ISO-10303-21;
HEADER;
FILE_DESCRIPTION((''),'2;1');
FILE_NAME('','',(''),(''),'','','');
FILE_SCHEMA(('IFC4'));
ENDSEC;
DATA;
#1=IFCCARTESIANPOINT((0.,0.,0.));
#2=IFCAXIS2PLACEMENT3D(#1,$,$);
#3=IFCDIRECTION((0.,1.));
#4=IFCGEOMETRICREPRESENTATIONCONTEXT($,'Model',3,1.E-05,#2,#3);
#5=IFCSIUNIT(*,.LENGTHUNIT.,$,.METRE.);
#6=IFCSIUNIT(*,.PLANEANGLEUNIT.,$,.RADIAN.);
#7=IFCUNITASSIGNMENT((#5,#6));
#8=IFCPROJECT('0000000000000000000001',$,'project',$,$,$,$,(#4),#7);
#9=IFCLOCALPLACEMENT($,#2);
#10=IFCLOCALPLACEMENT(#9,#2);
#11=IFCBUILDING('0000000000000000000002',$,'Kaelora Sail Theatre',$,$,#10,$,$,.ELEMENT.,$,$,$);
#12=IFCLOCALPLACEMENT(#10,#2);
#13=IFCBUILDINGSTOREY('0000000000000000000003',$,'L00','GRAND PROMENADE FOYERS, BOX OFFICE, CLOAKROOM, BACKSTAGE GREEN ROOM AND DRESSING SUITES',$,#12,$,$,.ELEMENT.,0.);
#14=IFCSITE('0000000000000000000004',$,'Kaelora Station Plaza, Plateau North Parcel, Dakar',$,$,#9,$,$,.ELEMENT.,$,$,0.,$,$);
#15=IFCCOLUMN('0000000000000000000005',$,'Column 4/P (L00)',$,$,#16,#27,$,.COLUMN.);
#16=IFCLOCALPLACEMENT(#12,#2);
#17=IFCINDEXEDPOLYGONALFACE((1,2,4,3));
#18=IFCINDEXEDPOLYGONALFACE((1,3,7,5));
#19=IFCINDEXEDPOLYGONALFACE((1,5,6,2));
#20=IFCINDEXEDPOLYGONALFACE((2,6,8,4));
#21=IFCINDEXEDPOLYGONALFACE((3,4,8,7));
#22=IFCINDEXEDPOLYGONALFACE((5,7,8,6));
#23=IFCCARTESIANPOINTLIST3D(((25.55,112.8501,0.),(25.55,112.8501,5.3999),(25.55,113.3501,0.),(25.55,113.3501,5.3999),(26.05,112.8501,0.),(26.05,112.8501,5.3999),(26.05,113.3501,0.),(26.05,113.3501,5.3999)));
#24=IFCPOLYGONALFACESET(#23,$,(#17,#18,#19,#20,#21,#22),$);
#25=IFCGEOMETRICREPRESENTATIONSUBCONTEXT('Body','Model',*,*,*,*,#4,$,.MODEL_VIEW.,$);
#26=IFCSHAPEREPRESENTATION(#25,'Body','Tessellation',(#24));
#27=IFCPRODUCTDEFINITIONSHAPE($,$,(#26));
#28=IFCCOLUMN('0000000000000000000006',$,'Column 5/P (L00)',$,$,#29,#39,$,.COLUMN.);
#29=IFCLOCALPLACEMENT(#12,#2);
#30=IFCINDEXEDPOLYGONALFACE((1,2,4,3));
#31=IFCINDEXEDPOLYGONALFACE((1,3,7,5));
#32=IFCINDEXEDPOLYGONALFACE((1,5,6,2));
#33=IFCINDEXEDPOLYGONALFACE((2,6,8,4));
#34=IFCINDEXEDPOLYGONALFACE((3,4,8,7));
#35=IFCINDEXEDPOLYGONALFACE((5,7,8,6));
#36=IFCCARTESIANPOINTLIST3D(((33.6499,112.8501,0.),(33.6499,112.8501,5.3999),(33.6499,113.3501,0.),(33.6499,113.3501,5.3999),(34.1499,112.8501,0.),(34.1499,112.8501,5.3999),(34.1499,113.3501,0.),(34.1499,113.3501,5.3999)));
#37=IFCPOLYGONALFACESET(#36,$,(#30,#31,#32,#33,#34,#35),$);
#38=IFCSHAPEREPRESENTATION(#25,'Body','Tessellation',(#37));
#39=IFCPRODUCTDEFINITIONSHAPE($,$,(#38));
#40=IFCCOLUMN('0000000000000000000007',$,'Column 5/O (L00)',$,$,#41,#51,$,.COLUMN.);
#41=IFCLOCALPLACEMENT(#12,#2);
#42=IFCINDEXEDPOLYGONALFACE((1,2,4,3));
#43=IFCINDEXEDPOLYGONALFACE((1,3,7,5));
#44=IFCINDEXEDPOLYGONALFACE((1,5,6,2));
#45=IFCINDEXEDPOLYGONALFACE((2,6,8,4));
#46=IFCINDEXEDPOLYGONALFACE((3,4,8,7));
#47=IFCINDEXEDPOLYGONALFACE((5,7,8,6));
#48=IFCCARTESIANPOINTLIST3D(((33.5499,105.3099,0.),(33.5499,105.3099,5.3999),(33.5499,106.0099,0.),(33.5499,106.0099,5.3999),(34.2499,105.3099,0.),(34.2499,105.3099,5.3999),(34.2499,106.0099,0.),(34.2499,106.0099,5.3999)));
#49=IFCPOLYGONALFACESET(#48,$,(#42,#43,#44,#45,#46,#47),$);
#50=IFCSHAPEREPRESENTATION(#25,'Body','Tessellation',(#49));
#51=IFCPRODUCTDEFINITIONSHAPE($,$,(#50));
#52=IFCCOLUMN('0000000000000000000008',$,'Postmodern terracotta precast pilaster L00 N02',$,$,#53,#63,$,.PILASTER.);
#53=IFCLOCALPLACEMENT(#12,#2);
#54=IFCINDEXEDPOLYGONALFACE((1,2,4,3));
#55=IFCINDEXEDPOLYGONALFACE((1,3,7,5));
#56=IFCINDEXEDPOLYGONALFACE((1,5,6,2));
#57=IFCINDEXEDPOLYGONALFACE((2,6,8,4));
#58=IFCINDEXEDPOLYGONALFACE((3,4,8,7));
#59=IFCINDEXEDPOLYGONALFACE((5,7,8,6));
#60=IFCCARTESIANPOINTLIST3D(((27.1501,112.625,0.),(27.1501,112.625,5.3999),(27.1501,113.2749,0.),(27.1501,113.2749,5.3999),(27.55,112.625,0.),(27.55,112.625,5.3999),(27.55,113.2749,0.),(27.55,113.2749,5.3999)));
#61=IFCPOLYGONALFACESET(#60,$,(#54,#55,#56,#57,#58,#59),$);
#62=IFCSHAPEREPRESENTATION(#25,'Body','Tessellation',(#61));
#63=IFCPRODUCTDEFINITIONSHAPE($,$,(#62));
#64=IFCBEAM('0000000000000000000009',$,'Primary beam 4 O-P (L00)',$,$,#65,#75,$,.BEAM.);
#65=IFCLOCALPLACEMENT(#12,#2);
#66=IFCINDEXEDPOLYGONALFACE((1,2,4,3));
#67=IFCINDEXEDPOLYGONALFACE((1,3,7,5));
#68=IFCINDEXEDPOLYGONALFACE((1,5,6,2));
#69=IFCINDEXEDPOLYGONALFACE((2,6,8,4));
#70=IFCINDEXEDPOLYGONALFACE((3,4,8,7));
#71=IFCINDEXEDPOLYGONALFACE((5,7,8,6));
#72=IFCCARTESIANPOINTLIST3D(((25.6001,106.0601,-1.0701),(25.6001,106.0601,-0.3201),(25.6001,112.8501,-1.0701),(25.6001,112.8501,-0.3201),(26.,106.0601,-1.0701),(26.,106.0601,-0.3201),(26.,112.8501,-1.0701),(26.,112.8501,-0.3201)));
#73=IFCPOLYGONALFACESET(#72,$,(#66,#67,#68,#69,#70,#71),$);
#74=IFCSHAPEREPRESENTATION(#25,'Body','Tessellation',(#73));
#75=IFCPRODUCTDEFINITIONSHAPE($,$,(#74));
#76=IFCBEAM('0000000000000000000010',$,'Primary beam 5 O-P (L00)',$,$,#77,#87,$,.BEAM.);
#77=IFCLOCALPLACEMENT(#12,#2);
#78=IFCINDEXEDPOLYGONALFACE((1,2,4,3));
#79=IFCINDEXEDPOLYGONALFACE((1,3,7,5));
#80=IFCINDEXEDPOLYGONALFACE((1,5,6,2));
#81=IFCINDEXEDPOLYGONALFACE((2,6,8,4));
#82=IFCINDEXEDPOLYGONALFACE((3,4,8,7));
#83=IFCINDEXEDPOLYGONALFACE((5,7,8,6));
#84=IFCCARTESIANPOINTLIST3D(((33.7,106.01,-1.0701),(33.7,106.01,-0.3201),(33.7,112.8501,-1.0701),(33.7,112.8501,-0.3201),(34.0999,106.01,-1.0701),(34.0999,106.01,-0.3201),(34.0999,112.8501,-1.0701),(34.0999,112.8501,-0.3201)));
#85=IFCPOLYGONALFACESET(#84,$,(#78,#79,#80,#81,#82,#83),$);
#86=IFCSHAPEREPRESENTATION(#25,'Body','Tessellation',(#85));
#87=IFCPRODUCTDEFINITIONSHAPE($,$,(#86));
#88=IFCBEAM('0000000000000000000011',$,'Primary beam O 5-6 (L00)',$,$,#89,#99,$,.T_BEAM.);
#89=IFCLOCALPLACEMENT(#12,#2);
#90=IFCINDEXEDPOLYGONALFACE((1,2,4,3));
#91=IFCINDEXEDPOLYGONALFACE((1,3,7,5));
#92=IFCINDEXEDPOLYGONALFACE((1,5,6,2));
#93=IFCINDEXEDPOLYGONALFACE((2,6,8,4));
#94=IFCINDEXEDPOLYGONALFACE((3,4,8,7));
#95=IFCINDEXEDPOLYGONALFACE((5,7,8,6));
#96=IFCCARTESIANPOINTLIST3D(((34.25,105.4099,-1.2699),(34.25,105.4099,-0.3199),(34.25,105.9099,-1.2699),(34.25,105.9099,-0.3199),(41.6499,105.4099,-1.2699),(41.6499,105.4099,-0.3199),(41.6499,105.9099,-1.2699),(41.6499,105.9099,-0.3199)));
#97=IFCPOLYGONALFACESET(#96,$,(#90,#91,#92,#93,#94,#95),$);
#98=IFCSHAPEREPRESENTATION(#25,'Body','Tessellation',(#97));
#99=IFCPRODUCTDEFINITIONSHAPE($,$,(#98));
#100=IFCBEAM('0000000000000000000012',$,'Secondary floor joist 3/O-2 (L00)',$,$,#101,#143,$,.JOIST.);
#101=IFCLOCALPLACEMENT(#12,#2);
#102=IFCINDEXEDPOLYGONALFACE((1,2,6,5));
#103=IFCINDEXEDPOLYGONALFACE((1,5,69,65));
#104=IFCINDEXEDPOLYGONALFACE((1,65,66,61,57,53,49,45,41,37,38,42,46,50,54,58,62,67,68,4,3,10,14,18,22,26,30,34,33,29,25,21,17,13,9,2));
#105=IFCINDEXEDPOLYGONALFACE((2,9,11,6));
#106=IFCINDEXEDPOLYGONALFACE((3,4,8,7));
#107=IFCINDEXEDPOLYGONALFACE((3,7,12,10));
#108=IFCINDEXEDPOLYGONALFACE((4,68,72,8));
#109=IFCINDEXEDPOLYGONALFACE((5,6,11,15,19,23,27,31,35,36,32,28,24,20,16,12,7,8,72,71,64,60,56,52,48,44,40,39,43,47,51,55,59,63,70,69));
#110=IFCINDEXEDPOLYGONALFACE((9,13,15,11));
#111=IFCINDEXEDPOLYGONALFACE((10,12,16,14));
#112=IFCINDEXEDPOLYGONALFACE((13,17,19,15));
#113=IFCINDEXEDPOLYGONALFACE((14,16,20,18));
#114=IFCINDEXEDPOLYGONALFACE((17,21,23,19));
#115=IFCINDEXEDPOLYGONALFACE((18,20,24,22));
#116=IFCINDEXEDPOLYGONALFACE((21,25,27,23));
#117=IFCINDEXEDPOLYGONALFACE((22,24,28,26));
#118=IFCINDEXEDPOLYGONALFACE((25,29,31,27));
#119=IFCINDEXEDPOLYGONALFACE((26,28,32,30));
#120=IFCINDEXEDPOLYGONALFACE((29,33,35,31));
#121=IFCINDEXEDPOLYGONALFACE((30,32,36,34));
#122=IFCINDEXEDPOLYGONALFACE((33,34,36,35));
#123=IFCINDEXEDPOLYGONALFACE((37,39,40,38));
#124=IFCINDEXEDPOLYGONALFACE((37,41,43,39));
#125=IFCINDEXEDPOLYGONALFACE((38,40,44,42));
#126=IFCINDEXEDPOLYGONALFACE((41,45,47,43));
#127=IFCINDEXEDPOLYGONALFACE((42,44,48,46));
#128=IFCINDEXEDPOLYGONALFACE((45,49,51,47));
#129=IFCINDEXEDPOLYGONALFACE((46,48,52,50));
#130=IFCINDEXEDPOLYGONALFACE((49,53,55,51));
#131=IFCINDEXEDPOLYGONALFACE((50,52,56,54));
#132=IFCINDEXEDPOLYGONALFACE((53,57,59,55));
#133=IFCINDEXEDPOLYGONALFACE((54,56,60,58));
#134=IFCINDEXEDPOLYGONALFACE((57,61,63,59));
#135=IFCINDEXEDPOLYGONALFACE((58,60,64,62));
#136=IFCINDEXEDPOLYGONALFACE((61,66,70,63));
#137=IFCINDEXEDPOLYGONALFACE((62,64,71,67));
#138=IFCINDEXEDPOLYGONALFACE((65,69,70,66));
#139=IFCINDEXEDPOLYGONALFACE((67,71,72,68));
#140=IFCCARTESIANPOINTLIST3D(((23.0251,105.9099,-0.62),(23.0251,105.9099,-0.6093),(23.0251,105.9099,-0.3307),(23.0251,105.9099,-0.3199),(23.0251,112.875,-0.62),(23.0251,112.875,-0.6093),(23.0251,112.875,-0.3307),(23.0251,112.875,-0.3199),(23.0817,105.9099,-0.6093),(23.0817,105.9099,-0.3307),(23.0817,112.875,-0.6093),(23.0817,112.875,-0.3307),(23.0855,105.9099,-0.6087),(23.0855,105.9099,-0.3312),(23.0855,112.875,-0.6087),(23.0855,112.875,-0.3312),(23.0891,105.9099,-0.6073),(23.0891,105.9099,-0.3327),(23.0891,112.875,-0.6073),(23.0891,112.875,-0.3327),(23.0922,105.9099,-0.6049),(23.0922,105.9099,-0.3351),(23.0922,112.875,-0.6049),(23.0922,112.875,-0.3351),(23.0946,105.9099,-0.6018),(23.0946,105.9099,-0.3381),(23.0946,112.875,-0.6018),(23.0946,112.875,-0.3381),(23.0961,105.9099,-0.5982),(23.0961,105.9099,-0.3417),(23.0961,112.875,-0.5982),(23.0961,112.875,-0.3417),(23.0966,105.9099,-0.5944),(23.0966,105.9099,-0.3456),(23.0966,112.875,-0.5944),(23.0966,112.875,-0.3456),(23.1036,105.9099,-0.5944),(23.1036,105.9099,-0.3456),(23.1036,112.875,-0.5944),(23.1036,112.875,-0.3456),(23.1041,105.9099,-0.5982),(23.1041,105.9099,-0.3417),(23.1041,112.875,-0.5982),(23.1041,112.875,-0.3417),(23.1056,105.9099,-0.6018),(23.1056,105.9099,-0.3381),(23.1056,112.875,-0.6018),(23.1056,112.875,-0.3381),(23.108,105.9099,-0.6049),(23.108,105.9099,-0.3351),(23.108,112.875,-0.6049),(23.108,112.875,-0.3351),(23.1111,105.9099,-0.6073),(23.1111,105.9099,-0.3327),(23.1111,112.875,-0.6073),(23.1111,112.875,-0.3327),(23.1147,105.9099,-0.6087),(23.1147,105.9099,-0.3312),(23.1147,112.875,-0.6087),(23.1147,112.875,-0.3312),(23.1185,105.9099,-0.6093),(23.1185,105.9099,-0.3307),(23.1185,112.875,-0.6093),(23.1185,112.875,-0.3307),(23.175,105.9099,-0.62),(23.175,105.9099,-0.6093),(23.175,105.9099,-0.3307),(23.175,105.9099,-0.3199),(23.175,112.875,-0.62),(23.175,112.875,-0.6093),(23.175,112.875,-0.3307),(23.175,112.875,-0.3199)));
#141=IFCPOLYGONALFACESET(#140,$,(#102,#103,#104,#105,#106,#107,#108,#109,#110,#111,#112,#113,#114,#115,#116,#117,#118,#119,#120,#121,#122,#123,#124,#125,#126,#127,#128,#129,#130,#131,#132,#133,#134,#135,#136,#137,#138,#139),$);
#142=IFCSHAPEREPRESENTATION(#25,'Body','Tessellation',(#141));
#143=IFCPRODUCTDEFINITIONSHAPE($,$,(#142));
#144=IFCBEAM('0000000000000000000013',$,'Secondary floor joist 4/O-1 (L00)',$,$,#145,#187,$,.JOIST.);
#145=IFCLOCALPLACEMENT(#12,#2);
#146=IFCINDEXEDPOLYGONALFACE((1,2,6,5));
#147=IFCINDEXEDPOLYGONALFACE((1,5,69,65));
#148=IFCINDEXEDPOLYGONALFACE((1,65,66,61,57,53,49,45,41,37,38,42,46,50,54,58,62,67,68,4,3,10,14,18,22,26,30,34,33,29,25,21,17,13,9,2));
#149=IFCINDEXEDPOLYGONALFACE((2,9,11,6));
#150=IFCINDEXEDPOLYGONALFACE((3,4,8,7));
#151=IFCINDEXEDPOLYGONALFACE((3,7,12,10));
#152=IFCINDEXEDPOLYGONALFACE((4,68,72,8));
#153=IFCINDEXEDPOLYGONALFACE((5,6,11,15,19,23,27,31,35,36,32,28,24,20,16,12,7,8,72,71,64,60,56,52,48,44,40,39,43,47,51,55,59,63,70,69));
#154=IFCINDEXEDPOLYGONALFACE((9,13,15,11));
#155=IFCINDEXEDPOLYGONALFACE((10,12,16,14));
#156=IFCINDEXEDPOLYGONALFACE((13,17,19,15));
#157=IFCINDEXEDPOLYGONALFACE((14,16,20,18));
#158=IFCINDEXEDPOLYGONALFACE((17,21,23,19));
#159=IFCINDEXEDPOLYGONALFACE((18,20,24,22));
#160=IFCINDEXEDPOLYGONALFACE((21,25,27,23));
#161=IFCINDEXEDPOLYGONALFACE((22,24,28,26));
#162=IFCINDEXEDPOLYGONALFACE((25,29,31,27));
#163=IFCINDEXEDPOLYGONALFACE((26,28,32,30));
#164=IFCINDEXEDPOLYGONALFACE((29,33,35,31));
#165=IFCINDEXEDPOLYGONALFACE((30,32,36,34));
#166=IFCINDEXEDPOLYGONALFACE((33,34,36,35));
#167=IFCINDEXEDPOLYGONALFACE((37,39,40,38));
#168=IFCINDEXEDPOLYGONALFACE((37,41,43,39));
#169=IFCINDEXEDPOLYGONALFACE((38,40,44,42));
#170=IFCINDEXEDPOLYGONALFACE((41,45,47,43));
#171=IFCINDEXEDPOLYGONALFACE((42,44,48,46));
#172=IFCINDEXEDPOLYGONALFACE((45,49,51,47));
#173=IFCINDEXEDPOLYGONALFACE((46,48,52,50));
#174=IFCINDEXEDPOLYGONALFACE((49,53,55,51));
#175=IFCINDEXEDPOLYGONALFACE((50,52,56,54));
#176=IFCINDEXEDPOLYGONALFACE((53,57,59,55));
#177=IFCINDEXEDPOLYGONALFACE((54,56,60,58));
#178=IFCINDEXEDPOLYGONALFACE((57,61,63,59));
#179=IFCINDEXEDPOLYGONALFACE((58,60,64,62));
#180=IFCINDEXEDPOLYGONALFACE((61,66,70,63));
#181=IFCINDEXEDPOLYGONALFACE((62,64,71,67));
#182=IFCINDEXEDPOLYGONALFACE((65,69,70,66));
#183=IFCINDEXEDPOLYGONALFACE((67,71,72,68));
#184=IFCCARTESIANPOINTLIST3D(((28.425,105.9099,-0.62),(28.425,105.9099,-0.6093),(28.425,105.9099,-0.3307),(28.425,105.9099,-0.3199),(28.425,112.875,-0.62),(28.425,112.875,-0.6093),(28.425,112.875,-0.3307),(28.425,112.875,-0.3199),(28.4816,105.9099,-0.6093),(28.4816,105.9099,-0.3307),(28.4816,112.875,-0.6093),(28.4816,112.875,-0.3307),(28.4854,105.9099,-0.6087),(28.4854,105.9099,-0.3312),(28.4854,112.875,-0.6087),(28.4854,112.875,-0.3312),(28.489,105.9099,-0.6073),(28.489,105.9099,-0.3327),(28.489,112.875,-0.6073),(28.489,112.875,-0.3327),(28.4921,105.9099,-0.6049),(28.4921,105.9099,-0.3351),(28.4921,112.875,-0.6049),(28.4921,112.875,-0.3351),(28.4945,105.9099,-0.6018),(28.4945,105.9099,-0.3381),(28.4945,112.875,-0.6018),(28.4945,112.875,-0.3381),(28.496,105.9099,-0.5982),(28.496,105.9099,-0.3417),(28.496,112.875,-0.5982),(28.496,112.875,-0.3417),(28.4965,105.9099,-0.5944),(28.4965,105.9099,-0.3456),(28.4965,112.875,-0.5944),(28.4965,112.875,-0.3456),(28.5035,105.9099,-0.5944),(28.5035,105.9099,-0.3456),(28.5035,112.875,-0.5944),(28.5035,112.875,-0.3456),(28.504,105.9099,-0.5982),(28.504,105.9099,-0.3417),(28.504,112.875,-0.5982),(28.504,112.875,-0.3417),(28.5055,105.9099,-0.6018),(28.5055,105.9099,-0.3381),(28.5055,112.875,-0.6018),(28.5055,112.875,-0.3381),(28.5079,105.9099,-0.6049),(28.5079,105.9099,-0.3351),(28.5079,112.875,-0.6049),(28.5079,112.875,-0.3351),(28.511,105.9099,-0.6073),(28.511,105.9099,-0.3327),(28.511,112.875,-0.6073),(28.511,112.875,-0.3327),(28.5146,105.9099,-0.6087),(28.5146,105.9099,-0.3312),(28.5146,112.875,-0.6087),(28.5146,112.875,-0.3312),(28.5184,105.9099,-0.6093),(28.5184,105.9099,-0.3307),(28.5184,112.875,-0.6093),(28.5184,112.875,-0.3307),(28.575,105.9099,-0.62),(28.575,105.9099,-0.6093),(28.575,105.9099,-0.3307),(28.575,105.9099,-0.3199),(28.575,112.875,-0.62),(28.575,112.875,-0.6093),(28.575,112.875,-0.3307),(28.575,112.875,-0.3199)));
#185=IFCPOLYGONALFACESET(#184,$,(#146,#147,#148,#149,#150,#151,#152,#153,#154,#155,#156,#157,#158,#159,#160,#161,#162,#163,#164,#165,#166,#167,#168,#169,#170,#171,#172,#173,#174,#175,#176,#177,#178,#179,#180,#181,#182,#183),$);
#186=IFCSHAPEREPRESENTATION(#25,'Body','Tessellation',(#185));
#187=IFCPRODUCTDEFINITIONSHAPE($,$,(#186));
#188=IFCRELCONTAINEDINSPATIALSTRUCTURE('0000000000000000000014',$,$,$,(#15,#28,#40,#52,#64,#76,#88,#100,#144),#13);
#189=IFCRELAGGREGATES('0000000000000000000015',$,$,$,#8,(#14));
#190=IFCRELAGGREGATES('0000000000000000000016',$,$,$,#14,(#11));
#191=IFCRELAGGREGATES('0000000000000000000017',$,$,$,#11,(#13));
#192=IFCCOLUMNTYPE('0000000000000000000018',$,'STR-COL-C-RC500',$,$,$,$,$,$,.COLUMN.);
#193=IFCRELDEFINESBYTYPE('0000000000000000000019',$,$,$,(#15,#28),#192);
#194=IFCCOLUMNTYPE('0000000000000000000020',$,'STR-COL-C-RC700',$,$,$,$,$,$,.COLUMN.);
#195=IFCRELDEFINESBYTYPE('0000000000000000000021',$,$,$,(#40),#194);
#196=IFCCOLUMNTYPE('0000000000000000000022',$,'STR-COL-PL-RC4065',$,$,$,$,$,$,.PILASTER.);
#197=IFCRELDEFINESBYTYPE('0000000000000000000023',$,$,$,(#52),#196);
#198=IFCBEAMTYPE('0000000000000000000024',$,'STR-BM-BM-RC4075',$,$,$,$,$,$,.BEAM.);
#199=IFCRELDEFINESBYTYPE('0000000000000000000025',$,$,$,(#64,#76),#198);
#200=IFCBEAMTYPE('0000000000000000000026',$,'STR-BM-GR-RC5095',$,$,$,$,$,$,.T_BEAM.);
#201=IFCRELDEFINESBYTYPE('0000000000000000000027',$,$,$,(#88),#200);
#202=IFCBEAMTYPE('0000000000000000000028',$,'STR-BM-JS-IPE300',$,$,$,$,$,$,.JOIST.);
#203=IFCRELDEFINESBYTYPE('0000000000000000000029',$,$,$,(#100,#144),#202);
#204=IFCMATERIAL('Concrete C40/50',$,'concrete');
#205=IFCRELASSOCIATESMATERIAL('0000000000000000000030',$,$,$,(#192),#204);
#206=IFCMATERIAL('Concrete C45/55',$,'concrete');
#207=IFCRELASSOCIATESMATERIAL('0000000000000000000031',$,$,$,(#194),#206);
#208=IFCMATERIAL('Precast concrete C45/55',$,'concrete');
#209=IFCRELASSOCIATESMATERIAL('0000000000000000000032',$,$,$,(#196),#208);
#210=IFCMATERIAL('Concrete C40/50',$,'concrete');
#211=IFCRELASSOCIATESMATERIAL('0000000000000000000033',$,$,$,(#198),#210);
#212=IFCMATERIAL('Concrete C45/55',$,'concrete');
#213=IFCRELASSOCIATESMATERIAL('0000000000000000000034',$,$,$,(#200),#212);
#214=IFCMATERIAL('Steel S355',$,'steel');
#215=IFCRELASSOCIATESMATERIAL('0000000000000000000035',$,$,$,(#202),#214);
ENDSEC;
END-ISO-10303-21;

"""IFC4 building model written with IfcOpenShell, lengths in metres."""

from ifc_helpers import new_model, si_unit, direction, frame, origin, origin_2d, place, context, subcontext, project, spatial, rectangle, i_section, extrude, material, material_profile, profile_set, type_object, element, save


model = new_model("IFC4")

# Units and contexts
model_context = context("Model", 3, precision=1e-05, world=origin(), true_north=direction((0.0, 1.0)))
body_context = subcontext(model_context, "Body", "Model", "MODEL_VIEW")
ifc_project = project(units=[si_unit("LENGTHUNIT", "METRE"), si_unit("PLANEANGLEUNIT", "RADIAN")], contexts=[model_context])

# Site, building, storey
site_placement = place(None, origin())
site = spatial("IfcSite", under=ifc_project, at=site_placement, Name="Kaelora Station Plaza, Plateau North Parcel, Dakar", CompositionType="ELEMENT", RefElevation=0.0)
building_placement = place(site_placement, origin())
building = spatial("IfcBuilding", under=site, at=building_placement, Name="Kaelora Sail Theatre", CompositionType="ELEMENT")
storey_placement = place(building_placement, origin())
storey = spatial("IfcBuildingStorey", under=building, at=storey_placement, Name="L00", Description="GRAND PROMENADE FOYERS, BOX OFFICE, CLOAKROOM, BACKSTAGE GREEN ROOM AND DRESSING SUITES", CompositionType="ELEMENT", Elevation=0.0)

# Columns
ifc_material_1 = material(Name="Concrete C40/50", Category="concrete")
ifc_material_profile_1 = material_profile(ifc_material_1, rectangle(XDim=0.5, YDim=0.5, at=origin_2d()), Name="RC-COL 500x500")
ifc_profile_set_1 = profile_set([ifc_material_profile_1], Name="Concrete C40/50")
column_type_1 = type_object("IfcColumnType", Name="STR-COL-C-RC500", PredefinedType="COLUMN", material=ifc_profile_set_1)
for number, where, z_axis, x_axis, name in (
    (1, (25.8, 113.1001, 0.0), (0.0, 0.0, 1.0), (1.0, 0.0, 0.0), "Column 4/P (L00)"),
    (2, (33.8999, 113.1001, 0.0), (0.0, 0.0, 1.0), (1.0, 0.0, 0.0), "Column 5/P (L00)"),
):
    element("IfcColumn", number, at=place(storey_placement, frame(where, z_axis=z_axis, x_axis=x_axis)), inside=storey, type_object=column_type_1, Name=name, PredefinedType="COLUMN", context=body_context, shape_type="SweptSolid", body=[
        extrude(rectangle(XDim=0.5, YDim=0.5, at=origin_2d()), origin(), (0.0, 0.0, 1.0), 5.3999),
    ])
ifc_material_2 = material(Name="Concrete C45/55", Category="concrete")
ifc_material_profile_2 = material_profile(ifc_material_2, rectangle(XDim=0.7, YDim=0.7, at=origin_2d()), Name="RC-COL 700x700")
ifc_profile_set_2 = profile_set([ifc_material_profile_2], Name="Concrete C45/55")
column_type_2 = type_object("IfcColumnType", Name="STR-COL-C-RC700", PredefinedType="COLUMN", material=ifc_profile_set_2)
column_1_placement = place(storey_placement, frame((33.8999, 105.6599, 0.0), z_axis=(0.0, 0.0, 1.0), x_axis=(1.0, 0.0, 0.0)))
element("IfcColumn", 3, at=column_1_placement, inside=storey, type_object=column_type_2, Name="Column 5/O (L00)", PredefinedType="COLUMN", context=body_context, shape_type="SweptSolid", body=[
    extrude(rectangle(XDim=0.7, YDim=0.7, at=origin_2d()), origin(), (0.0, 0.0, 1.0), 5.3999),
])
ifc_material_3 = material(Name="Precast concrete C45/55", Category="concrete")
ifc_material_profile_3 = material_profile(ifc_material_3, rectangle(XDim=0.3999, YDim=0.6499, at=origin_2d()), Name="RC-PIL 400x650")
ifc_profile_set_3 = profile_set([ifc_material_profile_3], Name="Precast concrete C45/55")
column_type_3 = type_object("IfcColumnType", Name="STR-COL-PL-RC4065", PredefinedType="PILASTER", material=ifc_profile_set_3)
column_2_placement = place(storey_placement, frame((27.3501, 112.95, 0.0), z_axis=(0.0, 0.0, 1.0), x_axis=(1.0, 0.0, 0.0)))
element("IfcColumn", 4, at=column_2_placement, inside=storey, type_object=column_type_3, Name="Postmodern terracotta precast pilaster L00 N02", PredefinedType="PILASTER", context=body_context, shape_type="SweptSolid", body=[
    extrude(rectangle(XDim=0.3999, YDim=0.6499, at=origin_2d()), origin(), (0.0, 0.0, 1.0), 5.3999),
])

# Beams
ifc_material_4 = material(Name="Concrete C40/50", Category="concrete")
ifc_material_profile_4 = material_profile(ifc_material_4, rectangle(XDim=0.3999, YDim=0.75, at=origin_2d()), Name="RC-BM 400x750")
ifc_profile_set_4 = profile_set([ifc_material_profile_4], Name="Concrete C40/50")
beam_type_1 = type_object("IfcBeamType", Name="STR-BM-BM-RC4075", PredefinedType="BEAM", material=ifc_profile_set_4)
beam_1_placement = place(storey_placement, frame((25.8, 106.0601, -0.6951), z_axis=(0.0, 1.0, 0.0), x_axis=(-1.0, 0.0, 0.0)))
element("IfcBeam", 5, at=beam_1_placement, inside=storey, type_object=beam_type_1, Name="Primary beam 4 O-P (L00)", PredefinedType="BEAM", context=body_context, shape_type="SweptSolid", body=[
    extrude(rectangle(XDim=0.3999, YDim=0.75, at=origin_2d()), origin(), (0.0, 0.0, 1.0), 6.79),
])
beam_2_placement = place(storey_placement, frame((33.8999, 106.01, -0.6951), z_axis=(0.0, 1.0, 0.0), x_axis=(-1.0, 0.0, 0.0)))
element("IfcBeam", 6, at=beam_2_placement, inside=storey, type_object=beam_type_1, Name="Primary beam 5 O-P (L00)", PredefinedType="BEAM", context=body_context, shape_type="SweptSolid", body=[
    extrude(rectangle(XDim=0.3999, YDim=0.75, at=origin_2d()), origin(), (0.0, 0.0, 1.0), 6.8401),
])
ifc_material_5 = material(Name="Concrete C45/55", Category="concrete")
ifc_material_profile_5 = material_profile(ifc_material_5, rectangle(XDim=0.5, YDim=0.95, at=origin_2d()), Name="RC-GRD 500x950")
ifc_profile_set_5 = profile_set([ifc_material_profile_5], Name="Concrete C45/55")
beam_type_2 = type_object("IfcBeamType", Name="STR-BM-GR-RC5095", PredefinedType="T_BEAM", material=ifc_profile_set_5)
beam_3_placement = place(storey_placement, frame((34.25, 105.6599, -0.7949), z_axis=(1.0, 0.0, 0.0), x_axis=(0.0, 1.0, 0.0)))
element("IfcBeam", 7, at=beam_3_placement, inside=storey, type_object=beam_type_2, Name="Primary beam O 5-6 (L00)", PredefinedType="T_BEAM", context=body_context, shape_type="SweptSolid", body=[
    extrude(rectangle(XDim=0.5, YDim=0.95, at=origin_2d()), origin(), (0.0, 0.0, 1.0), 7.3999),
])
ifc_material_6 = material(Name="Steel S355", Category="steel")
ifc_material_profile_6 = material_profile(ifc_material_6, i_section(OverallWidth=0.1499, OverallDepth=0.3, WebThickness=0.0071, FlangeThickness=0.0107, FilletRadius=0.0149, at=origin_2d()), Name="IPE 300")
ifc_profile_set_6 = profile_set([ifc_material_profile_6], Name="Steel S355")
beam_type_3 = type_object("IfcBeamType", Name="STR-BM-JS-IPE300", PredefinedType="JOIST", material=ifc_profile_set_6)
for number, where, z_axis, x_axis, name in (
    (8, (23.1001, 105.9099, -0.47), (0.0, 1.0, 0.0), (-1.0, 0.0, 0.0), "Secondary floor joist 3/O-2 (L00)"),
    (9, (28.5, 105.9099, -0.47), (0.0, 1.0, 0.0), (-1.0, 0.0, 0.0), "Secondary floor joist 4/O-1 (L00)"),
):
    element("IfcBeam", number, at=place(storey_placement, frame(where, z_axis=z_axis, x_axis=x_axis)), inside=storey, type_object=beam_type_3, Name=name, PredefinedType="JOIST", context=body_context, shape_type="SweptSolid", body=[
        extrude(i_section(OverallWidth=0.1499, OverallDepth=0.3, WebThickness=0.0071, FlangeThickness=0.0107, FilletRadius=0.0149, at=origin_2d()), origin(), (0.0, 0.0, 1.0), 6.9651),
    ])

save(model, "model.ifc")
